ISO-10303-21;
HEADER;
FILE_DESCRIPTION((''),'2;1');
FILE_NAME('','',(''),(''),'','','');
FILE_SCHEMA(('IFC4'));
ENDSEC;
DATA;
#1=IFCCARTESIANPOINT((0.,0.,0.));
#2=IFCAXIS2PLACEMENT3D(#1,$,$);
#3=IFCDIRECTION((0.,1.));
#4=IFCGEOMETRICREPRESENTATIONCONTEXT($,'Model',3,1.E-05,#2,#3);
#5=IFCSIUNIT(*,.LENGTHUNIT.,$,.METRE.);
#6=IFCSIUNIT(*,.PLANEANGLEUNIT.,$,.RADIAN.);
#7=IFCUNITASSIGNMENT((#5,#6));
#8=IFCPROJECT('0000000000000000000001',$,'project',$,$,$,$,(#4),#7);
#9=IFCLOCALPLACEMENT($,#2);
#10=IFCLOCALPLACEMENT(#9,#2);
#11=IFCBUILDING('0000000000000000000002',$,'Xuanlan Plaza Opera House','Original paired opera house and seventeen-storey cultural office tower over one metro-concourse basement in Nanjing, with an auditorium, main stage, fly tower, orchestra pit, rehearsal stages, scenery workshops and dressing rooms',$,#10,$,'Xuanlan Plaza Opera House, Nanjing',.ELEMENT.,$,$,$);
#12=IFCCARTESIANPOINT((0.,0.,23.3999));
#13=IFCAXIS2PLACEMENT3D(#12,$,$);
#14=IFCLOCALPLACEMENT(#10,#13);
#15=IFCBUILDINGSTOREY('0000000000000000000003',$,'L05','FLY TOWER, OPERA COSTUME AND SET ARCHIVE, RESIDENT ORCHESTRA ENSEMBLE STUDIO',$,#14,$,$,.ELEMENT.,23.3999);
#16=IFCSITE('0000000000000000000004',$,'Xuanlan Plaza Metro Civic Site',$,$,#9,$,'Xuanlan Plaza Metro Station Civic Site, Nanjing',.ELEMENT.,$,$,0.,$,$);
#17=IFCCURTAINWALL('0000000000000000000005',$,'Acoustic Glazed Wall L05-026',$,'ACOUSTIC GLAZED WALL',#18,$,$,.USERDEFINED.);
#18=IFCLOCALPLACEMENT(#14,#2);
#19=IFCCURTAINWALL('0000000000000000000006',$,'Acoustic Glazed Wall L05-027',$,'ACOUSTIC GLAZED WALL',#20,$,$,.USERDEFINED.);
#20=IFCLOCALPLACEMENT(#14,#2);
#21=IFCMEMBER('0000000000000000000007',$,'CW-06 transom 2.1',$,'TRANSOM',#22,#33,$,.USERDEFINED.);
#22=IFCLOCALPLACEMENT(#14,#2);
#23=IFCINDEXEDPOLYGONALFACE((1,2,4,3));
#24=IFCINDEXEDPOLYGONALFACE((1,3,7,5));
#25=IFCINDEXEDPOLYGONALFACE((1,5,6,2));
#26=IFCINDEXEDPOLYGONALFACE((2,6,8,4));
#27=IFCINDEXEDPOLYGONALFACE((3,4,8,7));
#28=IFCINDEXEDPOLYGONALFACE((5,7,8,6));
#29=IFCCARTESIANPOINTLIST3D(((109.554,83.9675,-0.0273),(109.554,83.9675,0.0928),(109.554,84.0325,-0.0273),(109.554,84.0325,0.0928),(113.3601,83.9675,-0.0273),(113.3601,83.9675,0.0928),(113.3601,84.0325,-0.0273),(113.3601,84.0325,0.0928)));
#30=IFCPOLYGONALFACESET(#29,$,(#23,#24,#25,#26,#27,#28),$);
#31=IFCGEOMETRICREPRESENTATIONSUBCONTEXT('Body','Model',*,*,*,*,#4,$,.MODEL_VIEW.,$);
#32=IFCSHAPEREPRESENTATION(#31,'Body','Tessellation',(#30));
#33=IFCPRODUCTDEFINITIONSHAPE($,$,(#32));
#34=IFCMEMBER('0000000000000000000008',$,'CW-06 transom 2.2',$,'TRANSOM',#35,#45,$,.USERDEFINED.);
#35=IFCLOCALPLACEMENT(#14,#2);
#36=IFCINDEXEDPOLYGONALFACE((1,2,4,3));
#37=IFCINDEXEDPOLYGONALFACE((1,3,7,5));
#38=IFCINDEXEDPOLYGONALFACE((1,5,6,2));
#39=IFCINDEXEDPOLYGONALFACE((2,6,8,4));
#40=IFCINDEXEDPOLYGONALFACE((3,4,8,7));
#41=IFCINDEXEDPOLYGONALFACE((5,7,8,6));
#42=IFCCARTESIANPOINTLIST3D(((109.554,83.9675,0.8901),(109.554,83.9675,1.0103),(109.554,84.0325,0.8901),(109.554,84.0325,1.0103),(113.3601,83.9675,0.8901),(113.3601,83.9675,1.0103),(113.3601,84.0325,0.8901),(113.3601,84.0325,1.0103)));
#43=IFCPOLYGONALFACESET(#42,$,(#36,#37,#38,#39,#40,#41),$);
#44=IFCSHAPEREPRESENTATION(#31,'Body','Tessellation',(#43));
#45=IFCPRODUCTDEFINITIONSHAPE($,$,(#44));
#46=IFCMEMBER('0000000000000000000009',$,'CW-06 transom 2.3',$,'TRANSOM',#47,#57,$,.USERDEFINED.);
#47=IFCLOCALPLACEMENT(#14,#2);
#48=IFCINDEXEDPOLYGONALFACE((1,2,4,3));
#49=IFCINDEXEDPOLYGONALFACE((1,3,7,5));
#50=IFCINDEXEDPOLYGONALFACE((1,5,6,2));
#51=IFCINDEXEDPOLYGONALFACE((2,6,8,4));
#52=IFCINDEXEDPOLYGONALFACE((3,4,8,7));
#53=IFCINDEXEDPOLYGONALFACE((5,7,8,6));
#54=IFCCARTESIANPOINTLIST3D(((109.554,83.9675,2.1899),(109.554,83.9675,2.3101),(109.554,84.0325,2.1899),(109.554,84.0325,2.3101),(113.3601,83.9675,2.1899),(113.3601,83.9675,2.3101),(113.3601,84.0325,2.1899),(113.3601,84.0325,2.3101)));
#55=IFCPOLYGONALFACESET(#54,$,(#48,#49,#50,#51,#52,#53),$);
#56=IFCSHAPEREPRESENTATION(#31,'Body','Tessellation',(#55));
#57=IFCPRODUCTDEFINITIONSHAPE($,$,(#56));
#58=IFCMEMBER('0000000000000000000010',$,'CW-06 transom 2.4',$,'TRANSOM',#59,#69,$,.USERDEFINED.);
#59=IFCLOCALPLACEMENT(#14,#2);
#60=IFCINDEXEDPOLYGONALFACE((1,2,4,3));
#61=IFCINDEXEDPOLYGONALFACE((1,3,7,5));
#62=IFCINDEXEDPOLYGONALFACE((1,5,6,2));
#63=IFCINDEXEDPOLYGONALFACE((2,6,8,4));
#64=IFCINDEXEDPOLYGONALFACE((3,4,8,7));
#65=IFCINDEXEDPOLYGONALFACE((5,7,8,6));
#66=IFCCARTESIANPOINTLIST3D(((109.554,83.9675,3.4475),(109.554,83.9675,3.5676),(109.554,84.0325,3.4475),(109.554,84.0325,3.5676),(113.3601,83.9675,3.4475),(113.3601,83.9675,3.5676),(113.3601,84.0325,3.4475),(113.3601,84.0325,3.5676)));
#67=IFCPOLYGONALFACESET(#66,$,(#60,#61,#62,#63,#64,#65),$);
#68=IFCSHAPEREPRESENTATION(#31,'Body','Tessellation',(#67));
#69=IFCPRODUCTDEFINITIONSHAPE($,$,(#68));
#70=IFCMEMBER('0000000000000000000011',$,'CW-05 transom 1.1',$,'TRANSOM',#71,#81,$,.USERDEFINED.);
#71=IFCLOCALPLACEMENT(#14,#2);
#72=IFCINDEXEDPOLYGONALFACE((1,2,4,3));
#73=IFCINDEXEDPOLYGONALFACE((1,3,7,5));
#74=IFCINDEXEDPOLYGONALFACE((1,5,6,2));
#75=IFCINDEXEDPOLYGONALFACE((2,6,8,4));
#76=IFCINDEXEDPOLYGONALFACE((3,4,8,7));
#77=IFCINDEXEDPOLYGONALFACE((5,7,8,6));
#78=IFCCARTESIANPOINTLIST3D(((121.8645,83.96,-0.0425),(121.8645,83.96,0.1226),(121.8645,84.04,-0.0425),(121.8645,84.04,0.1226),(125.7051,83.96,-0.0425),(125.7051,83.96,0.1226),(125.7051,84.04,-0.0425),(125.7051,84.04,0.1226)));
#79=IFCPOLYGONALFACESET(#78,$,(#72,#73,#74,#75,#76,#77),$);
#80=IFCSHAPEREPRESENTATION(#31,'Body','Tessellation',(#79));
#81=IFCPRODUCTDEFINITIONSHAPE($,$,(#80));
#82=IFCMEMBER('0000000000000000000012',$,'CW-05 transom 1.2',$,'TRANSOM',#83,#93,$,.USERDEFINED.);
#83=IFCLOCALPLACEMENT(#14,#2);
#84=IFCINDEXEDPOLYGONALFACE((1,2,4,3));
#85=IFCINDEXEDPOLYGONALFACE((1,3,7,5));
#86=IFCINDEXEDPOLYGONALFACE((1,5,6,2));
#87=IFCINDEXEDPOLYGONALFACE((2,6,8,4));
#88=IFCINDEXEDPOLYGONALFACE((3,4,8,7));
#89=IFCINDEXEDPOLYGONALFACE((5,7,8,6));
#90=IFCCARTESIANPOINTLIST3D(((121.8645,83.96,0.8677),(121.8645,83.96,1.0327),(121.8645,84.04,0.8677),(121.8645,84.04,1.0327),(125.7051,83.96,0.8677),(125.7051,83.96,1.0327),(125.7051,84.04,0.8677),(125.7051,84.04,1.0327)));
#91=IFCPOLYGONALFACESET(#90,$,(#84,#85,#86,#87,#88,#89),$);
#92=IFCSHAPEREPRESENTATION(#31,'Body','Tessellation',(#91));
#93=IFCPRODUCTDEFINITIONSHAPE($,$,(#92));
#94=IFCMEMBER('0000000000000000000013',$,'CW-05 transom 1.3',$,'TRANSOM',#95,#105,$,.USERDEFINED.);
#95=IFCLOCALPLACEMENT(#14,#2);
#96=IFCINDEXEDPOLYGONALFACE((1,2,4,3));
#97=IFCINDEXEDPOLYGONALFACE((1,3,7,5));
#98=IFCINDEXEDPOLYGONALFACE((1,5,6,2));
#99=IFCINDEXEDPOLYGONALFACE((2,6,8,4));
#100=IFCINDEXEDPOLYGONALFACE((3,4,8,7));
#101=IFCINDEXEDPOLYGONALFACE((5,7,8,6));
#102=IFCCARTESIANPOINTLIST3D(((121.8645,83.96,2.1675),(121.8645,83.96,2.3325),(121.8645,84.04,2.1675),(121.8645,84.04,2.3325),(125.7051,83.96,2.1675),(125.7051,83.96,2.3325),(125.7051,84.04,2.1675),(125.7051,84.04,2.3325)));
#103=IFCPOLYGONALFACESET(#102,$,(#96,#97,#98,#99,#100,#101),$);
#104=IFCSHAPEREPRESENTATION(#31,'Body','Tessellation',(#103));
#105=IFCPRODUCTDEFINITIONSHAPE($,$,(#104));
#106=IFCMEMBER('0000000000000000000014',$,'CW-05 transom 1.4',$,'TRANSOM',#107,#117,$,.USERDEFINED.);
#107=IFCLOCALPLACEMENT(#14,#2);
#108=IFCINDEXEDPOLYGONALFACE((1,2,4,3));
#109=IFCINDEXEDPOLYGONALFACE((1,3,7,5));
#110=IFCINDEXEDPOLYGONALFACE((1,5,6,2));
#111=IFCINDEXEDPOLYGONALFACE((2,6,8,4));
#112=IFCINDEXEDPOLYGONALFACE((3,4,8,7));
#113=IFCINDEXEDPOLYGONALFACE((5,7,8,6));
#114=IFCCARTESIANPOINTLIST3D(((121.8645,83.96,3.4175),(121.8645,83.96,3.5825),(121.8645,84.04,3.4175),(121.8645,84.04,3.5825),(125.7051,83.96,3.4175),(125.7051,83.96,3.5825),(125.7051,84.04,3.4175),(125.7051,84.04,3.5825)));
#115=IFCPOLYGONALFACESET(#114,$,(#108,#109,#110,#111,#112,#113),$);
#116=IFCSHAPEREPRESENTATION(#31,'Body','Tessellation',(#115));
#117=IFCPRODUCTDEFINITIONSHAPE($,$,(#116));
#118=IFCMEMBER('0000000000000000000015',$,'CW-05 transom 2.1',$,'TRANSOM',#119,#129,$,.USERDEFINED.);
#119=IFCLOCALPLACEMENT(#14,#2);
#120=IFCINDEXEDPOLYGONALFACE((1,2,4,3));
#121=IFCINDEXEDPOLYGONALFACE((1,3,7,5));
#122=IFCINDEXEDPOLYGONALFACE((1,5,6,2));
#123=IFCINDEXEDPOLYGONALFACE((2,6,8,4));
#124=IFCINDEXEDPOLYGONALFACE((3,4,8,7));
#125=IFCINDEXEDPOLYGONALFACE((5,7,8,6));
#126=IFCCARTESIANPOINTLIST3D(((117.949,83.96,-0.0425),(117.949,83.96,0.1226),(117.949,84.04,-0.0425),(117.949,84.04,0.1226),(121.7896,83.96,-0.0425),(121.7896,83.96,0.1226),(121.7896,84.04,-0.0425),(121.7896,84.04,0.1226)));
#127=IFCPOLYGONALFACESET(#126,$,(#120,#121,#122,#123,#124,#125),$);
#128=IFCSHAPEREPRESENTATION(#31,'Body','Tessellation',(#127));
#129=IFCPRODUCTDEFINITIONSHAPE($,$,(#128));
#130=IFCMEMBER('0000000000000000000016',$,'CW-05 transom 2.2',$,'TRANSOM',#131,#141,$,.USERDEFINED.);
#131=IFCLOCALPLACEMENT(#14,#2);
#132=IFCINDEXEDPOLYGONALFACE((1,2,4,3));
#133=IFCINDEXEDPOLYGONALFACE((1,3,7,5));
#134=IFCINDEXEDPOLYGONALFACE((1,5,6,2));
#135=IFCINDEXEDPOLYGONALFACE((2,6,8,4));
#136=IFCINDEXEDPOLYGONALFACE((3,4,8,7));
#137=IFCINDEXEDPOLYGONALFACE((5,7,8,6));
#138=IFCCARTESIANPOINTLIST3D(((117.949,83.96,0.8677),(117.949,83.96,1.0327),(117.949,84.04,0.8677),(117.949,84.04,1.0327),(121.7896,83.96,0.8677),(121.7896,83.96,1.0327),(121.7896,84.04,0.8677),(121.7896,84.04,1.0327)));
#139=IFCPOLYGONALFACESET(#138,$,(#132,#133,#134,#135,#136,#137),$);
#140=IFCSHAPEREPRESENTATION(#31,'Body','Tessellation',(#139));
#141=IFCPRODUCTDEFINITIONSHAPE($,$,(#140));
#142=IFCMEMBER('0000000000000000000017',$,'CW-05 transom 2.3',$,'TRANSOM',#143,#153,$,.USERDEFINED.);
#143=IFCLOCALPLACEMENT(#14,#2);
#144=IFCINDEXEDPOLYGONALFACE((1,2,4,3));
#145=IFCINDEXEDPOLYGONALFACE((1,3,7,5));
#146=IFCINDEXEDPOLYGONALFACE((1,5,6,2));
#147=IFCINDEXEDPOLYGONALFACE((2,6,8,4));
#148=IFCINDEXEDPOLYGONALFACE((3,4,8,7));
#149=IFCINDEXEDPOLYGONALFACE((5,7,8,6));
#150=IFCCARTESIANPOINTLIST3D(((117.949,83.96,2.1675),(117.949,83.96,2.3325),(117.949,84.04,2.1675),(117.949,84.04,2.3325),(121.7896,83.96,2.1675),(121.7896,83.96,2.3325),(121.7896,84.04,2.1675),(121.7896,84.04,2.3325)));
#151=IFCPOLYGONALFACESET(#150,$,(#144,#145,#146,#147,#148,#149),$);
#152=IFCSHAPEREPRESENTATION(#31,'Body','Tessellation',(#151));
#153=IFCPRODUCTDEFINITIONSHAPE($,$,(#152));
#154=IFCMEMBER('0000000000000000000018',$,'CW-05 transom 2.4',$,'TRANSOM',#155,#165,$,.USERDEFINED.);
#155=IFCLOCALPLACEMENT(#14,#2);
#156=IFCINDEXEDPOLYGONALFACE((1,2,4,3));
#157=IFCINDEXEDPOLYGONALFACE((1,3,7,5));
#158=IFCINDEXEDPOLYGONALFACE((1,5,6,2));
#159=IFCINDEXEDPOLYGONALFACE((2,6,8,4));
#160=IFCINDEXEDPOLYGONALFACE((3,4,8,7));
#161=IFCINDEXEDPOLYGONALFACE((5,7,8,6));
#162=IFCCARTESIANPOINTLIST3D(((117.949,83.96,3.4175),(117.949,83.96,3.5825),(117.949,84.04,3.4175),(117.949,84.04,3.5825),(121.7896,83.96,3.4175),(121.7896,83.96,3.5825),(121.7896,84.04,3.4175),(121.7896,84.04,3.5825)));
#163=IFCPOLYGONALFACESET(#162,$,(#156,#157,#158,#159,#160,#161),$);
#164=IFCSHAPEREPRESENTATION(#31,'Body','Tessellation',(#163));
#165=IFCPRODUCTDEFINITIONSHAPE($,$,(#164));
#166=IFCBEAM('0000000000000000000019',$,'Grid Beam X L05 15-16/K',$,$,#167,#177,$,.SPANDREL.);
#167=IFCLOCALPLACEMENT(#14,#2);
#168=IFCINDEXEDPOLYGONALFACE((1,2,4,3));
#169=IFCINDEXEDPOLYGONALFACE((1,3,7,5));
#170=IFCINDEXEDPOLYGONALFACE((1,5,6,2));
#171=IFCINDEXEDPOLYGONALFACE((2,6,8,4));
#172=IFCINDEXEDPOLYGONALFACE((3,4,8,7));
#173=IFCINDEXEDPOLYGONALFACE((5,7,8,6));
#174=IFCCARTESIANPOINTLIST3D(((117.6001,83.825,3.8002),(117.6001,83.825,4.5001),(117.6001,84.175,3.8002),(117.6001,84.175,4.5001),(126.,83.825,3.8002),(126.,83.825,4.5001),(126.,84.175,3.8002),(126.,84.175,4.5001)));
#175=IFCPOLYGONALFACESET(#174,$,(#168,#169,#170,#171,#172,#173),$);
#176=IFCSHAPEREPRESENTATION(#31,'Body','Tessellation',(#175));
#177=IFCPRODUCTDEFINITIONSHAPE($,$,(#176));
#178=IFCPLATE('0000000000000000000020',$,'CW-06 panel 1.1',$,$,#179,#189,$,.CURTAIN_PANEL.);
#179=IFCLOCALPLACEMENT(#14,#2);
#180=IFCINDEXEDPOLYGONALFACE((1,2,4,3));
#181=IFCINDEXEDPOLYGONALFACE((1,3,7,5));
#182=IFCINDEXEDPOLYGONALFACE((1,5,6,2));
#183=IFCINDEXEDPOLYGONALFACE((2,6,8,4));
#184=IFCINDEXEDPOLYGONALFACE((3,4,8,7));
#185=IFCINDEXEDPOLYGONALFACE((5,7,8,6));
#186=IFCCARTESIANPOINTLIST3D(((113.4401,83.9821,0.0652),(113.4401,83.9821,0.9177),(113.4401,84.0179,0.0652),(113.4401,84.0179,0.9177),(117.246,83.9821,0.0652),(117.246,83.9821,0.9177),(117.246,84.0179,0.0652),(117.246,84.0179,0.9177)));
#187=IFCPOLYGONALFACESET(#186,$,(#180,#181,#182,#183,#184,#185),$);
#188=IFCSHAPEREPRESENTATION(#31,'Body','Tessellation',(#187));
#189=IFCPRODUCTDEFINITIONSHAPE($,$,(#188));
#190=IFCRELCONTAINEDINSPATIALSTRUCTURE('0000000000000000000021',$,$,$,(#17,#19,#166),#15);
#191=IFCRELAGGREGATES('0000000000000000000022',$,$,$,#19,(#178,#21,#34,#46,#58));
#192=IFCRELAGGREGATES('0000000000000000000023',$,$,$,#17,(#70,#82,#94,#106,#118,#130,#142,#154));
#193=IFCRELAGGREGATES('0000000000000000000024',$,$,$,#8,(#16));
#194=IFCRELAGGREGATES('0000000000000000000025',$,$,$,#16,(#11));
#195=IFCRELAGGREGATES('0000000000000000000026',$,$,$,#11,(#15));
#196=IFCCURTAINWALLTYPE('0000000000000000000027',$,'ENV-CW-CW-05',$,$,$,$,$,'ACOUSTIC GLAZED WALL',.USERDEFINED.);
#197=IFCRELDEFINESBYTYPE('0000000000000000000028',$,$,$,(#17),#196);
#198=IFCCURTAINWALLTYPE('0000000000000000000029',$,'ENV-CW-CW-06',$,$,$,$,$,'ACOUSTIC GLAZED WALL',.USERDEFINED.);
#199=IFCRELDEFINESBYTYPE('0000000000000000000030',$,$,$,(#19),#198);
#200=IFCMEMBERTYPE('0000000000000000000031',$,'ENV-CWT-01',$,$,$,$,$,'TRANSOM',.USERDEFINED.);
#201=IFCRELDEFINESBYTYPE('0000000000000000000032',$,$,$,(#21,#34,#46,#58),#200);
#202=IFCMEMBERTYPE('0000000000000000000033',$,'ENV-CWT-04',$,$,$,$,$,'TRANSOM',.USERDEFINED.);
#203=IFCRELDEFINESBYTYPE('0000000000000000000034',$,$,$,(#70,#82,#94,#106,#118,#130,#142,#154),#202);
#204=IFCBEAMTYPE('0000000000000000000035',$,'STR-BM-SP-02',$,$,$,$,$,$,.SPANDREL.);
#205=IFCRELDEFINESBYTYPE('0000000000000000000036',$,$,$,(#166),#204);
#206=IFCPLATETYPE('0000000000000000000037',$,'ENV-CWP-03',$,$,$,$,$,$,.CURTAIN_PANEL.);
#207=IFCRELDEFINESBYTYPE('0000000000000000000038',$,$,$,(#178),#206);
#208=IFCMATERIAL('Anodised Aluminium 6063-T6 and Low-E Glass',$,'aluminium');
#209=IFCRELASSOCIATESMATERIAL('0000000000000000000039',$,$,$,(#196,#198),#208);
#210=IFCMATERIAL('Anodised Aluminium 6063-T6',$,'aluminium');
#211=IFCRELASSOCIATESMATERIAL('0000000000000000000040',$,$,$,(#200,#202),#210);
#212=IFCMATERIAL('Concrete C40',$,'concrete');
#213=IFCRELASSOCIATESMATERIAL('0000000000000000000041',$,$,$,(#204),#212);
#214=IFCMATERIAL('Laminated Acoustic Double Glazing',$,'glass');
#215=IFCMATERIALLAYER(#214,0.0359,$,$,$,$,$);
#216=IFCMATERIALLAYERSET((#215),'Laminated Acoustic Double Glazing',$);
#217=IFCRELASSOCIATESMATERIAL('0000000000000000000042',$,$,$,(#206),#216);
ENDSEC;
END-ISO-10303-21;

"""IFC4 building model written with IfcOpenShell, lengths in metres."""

from ifc_helpers import new_model, si_unit, direction, frame, origin, origin_2d, place, context, subcontext, project, spatial, rectangle, extrude, material, layer, layer_set, material_profile, profile_set, type_object, element, aggregate, save


model = new_model("IFC4")

# Units and contexts
model_context = context("Model", 3, precision=1e-05, world=origin(), true_north=direction((0.0, 1.0)))
body_context = subcontext(model_context, "Body", "Model", "MODEL_VIEW")
ifc_project = project(units=[si_unit("LENGTHUNIT", "METRE"), si_unit("PLANEANGLEUNIT", "RADIAN")], contexts=[model_context])

# Site, building, storey
site_placement = place(None, origin())
site = spatial("IfcSite", under=ifc_project, at=site_placement, Name="Xuanlan Plaza Metro Civic Site", LongName="Xuanlan Plaza Metro Station Civic Site, Nanjing", CompositionType="ELEMENT", RefElevation=0.0)
building_placement = place(site_placement, origin())
building = spatial("IfcBuilding", under=site, at=building_placement, Name="Xuanlan Plaza Opera House", Description="Original paired opera house and seventeen-storey cultural office tower over one metro-concourse basement in Nanjing, with an auditorium, main stage, fly tower, orchestra pit, rehearsal stages, scenery workshops and dressing rooms", LongName="Xuanlan Plaza Opera House, Nanjing", CompositionType="ELEMENT")
storey_placement = place(building_placement, frame((0.0, 0.0, 23.3999)))
storey = spatial("IfcBuildingStorey", under=building, at=storey_placement, Name="L05", Description="FLY TOWER, OPERA COSTUME AND SET ARCHIVE, RESIDENT ORCHESTRA ENSEMBLE STUDIO", CompositionType="ELEMENT", Elevation=23.3999)

# Curtain walls, members
ifc_material_1 = material(Name="Anodised Aluminium 6063-T6 and Low-E Glass", Category="aluminium")
curtain_wall_type_1 = type_object("IfcCurtainWallType", Name="ENV-CW-CW-05", ElementType="ACOUSTIC GLAZED WALL", PredefinedType="USERDEFINED", material=ifc_material_1)
curtain_wall_1_placement = place(storey_placement, origin())
curtain_wall_1 = element("IfcCurtainWall", 1, at=curtain_wall_1_placement, inside=storey, type_object=curtain_wall_type_1, Name="Acoustic Glazed Wall L05-026", ObjectType="ACOUSTIC GLAZED WALL", PredefinedType="USERDEFINED")
ifc_material_2 = material(Name="Anodised Aluminium 6063-T6", Category="aluminium")
curtain_wall_type_2 = type_object("IfcCurtainWallType", Name="ENV-CW-CW-06", ElementType="ACOUSTIC GLAZED WALL", PredefinedType="USERDEFINED", material=ifc_material_1)
curtain_wall_2_placement = place(storey_placement, origin())
curtain_wall_2 = element("IfcCurtainWall", 2, at=curtain_wall_2_placement, inside=storey, type_object=curtain_wall_type_2, Name="Acoustic Glazed Wall L05-027", ObjectType="ACOUSTIC GLAZED WALL", PredefinedType="USERDEFINED")
ifc_material_profile_1 = material_profile(ifc_material_2, rectangle(XDim=0.0649, YDim=0.1201, at=origin_2d()), Name="ALU-T 65x120")
ifc_profile_set_1 = profile_set([ifc_material_profile_1], Name="Anodised Aluminium 6063-T6")
member_type_1 = type_object("IfcMemberType", Name="ENV-CWT-01", ElementType="TRANSOM", PredefinedType="USERDEFINED", material=ifc_profile_set_1)
member_1_placement = place(storey_placement, frame((113.3601, 84.0, 0.0327), z_axis=(-1.0, 0.0, 0.0), x_axis=(0.0, -1.0, 0.0)))
member_1 = element("IfcMember", 3, at=member_1_placement, type_object=member_type_1, Name="CW-06 transom 2.1", ObjectType="TRANSOM", PredefinedType="USERDEFINED", context=body_context, shape_type="SweptSolid", body=[
    extrude(rectangle(XDim=0.0649, YDim=0.1201, at=origin_2d()), origin(), (0.0, 0.0, 1.0), 3.8062),
])
member_2_placement = place(storey_placement, frame((113.3601, 84.0, 0.9502), z_axis=(-1.0, 0.0, 0.0), x_axis=(0.0, -1.0, 0.0)))
member_2 = element("IfcMember", 4, at=member_2_placement, type_object=member_type_1, Name="CW-06 transom 2.2", ObjectType="TRANSOM", PredefinedType="USERDEFINED", context=body_context, shape_type="SweptSolid", body=[
    extrude(rectangle(XDim=0.0649, YDim=0.1201, at=origin_2d()), origin(), (0.0, 0.0, 1.0), 3.8062),
])
member_3_placement = place(storey_placement, frame((113.3601, 84.0, 2.25), z_axis=(-1.0, 0.0, 0.0), x_axis=(0.0, -1.0, 0.0)))
member_3 = element("IfcMember", 5, at=member_3_placement, type_object=member_type_1, Name="CW-06 transom 2.3", ObjectType="TRANSOM", PredefinedType="USERDEFINED", context=body_context, shape_type="SweptSolid", body=[
    extrude(rectangle(XDim=0.0649, YDim=0.1201, at=origin_2d()), origin(), (0.0, 0.0, 1.0), 3.8062),
])
member_4_placement = place(storey_placement, frame((113.3601, 84.0, 3.5076), z_axis=(-1.0, 0.0, 0.0), x_axis=(0.0, -1.0, 0.0)))
member_4 = element("IfcMember", 6, at=member_4_placement, type_object=member_type_1, Name="CW-06 transom 2.4", ObjectType="TRANSOM", PredefinedType="USERDEFINED", context=body_context, shape_type="SweptSolid", body=[
    extrude(rectangle(XDim=0.0649, YDim=0.1201, at=origin_2d()), origin(), (0.0, 0.0, 1.0), 3.8062),
])

# Members
ifc_material_profile_2 = material_profile(ifc_material_2, rectangle(XDim=0.0801, YDim=0.165, at=origin_2d()), Name="ALU-T 80x165")
ifc_profile_set_2 = profile_set([ifc_material_profile_2], Name="Anodised Aluminium 6063-T6")
member_type_2 = type_object("IfcMemberType", Name="ENV-CWT-04", ElementType="TRANSOM", PredefinedType="USERDEFINED", material=ifc_profile_set_2)
member_5_placement = place(storey_placement, frame((125.7051, 84.0, 0.04), z_axis=(-1.0, 0.0, 0.0), x_axis=(0.0, -1.0, 0.0)))
member_5 = element("IfcMember", 7, at=member_5_placement, type_object=member_type_2, Name="CW-05 transom 1.1", ObjectType="TRANSOM", PredefinedType="USERDEFINED", context=body_context, shape_type="SweptSolid", body=[
    extrude(rectangle(XDim=0.0801, YDim=0.165, at=origin_2d()), origin(), (0.0, 0.0, 1.0), 3.8406),
])
member_6_placement = place(storey_placement, frame((125.7051, 84.0, 0.9502), z_axis=(-1.0, 0.0, 0.0), x_axis=(0.0, -1.0, 0.0)))
member_6 = element("IfcMember", 8, at=member_6_placement, type_object=member_type_2, Name="CW-05 transom 1.2", ObjectType="TRANSOM", PredefinedType="USERDEFINED", context=body_context, shape_type="SweptSolid", body=[
    extrude(rectangle(XDim=0.0801, YDim=0.165, at=origin_2d()), origin(), (0.0, 0.0, 1.0), 3.8406),
])
member_7_placement = place(storey_placement, frame((125.7051, 84.0, 2.25), z_axis=(-1.0, 0.0, 0.0), x_axis=(0.0, -1.0, 0.0)))
member_7 = element("IfcMember", 9, at=member_7_placement, type_object=member_type_2, Name="CW-05 transom 1.3", ObjectType="TRANSOM", PredefinedType="USERDEFINED", context=body_context, shape_type="SweptSolid", body=[
    extrude(rectangle(XDim=0.0801, YDim=0.165, at=origin_2d()), origin(), (0.0, 0.0, 1.0), 3.8406),
])
member_8_placement = place(storey_placement, frame((125.7051, 84.0, 3.5), z_axis=(-1.0, 0.0, 0.0), x_axis=(0.0, -1.0, 0.0)))
member_8 = element("IfcMember", 10, at=member_8_placement, type_object=member_type_2, Name="CW-05 transom 1.4", ObjectType="TRANSOM", PredefinedType="USERDEFINED", context=body_context, shape_type="SweptSolid", body=[
    extrude(rectangle(XDim=0.0801, YDim=0.165, at=origin_2d()), origin(), (0.0, 0.0, 1.0), 3.8406),
])
member_9_placement = place(storey_placement, frame((121.7896, 84.0, 0.04), z_axis=(-1.0, 0.0, 0.0), x_axis=(0.0, -1.0, 0.0)))
member_9 = element("IfcMember", 11, at=member_9_placement, type_object=member_type_2, Name="CW-05 transom 2.1", ObjectType="TRANSOM", PredefinedType="USERDEFINED", context=body_context, shape_type="SweptSolid", body=[
    extrude(rectangle(XDim=0.0801, YDim=0.165, at=origin_2d()), origin(), (0.0, 0.0, 1.0), 3.8406),
])
member_10_placement = place(storey_placement, frame((121.7896, 84.0, 0.9502), z_axis=(-1.0, 0.0, 0.0), x_axis=(0.0, -1.0, 0.0)))
member_10 = element("IfcMember", 12, at=member_10_placement, type_object=member_type_2, Name="CW-05 transom 2.2", ObjectType="TRANSOM", PredefinedType="USERDEFINED", context=body_context, shape_type="SweptSolid", body=[
    extrude(rectangle(XDim=0.0801, YDim=0.165, at=origin_2d()), origin(), (0.0, 0.0, 1.0), 3.8406),
])
member_11_placement = place(storey_placement, frame((121.7896, 84.0, 2.25), z_axis=(-1.0, 0.0, 0.0), x_axis=(0.0, -1.0, 0.0)))
member_11 = element("IfcMember", 13, at=member_11_placement, type_object=member_type_2, Name="CW-05 transom 2.3", ObjectType="TRANSOM", PredefinedType="USERDEFINED", context=body_context, shape_type="SweptSolid", body=[
    extrude(rectangle(XDim=0.0801, YDim=0.165, at=origin_2d()), origin(), (0.0, 0.0, 1.0), 3.8406),
])
member_12_placement = place(storey_placement, frame((121.7896, 84.0, 3.5), z_axis=(-1.0, 0.0, 0.0), x_axis=(0.0, -1.0, 0.0)))
member_12 = element("IfcMember", 14, at=member_12_placement, type_object=member_type_2, Name="CW-05 transom 2.4", ObjectType="TRANSOM", PredefinedType="USERDEFINED", context=body_context, shape_type="SweptSolid", body=[
    extrude(rectangle(XDim=0.0801, YDim=0.165, at=origin_2d()), origin(), (0.0, 0.0, 1.0), 3.8406),
])

# Beam
ifc_material_3 = material(Name="Concrete C40", Category="concrete")
ifc_material_profile_3 = material_profile(ifc_material_3, rectangle(XDim=0.3501, YDim=0.7, at=origin_2d()), Name="RC-SPD 350x700")
ifc_profile_set_3 = profile_set([ifc_material_profile_3], Name="Concrete C40")
beam_type = type_object("IfcBeamType", Name="STR-BM-SP-02", PredefinedType="SPANDREL", material=ifc_profile_set_3)
beam_placement = place(storey_placement, frame((117.6001, 84.0, 4.1501), z_axis=(1.0, 0.0, 0.0), x_axis=(0.0, 1.0, 0.0)))
element("IfcBeam", 15, at=beam_placement, inside=storey, type_object=beam_type, Name="Grid Beam X L05 15-16/K", PredefinedType="SPANDREL", context=body_context, shape_type="SweptSolid", body=[
    extrude(rectangle(XDim=0.3501, YDim=0.7, at=origin_2d()), origin(), (0.0, 0.0, 1.0), 8.3999),
])

# Plate
ifc_material_4 = material(Name="Laminated Acoustic Double Glazing", Category="glass")
ifc_layer_1 = layer(ifc_material_4, 0.0359)
ifc_layer_set_1 = layer_set([ifc_layer_1], Name="Laminated Acoustic Double Glazing")
plate_type_1 = type_object("IfcPlateType", Name="ENV-CWP-03", PredefinedType="CURTAIN_PANEL", material=ifc_layer_set_1)
plate_1_placement = place(storey_placement, frame((115.343, 84.0, 0.0652), z_axis=(0.0, 0.0, 1.0), x_axis=(-1.0, 0.0, 0.0)))
plate_1 = element("IfcPlate", 16, at=plate_1_placement, type_object=plate_type_1, Name="CW-06 panel 1.1", PredefinedType="CURTAIN_PANEL", context=body_context, shape_type="SweptSolid", body=[
    extrude(rectangle(XDim=3.8059, YDim=0.0359, at=origin_2d()), origin(), (0.0, 0.0, 1.0), 0.8525),
])
aggregate(curtain_wall_2, [plate_1, member_1, member_2, member_3, member_4])
aggregate(curtain_wall_1, [member_5, member_6, member_7, member_8, member_9, member_10, member_11, member_12])

save(model, "model.ifc")
